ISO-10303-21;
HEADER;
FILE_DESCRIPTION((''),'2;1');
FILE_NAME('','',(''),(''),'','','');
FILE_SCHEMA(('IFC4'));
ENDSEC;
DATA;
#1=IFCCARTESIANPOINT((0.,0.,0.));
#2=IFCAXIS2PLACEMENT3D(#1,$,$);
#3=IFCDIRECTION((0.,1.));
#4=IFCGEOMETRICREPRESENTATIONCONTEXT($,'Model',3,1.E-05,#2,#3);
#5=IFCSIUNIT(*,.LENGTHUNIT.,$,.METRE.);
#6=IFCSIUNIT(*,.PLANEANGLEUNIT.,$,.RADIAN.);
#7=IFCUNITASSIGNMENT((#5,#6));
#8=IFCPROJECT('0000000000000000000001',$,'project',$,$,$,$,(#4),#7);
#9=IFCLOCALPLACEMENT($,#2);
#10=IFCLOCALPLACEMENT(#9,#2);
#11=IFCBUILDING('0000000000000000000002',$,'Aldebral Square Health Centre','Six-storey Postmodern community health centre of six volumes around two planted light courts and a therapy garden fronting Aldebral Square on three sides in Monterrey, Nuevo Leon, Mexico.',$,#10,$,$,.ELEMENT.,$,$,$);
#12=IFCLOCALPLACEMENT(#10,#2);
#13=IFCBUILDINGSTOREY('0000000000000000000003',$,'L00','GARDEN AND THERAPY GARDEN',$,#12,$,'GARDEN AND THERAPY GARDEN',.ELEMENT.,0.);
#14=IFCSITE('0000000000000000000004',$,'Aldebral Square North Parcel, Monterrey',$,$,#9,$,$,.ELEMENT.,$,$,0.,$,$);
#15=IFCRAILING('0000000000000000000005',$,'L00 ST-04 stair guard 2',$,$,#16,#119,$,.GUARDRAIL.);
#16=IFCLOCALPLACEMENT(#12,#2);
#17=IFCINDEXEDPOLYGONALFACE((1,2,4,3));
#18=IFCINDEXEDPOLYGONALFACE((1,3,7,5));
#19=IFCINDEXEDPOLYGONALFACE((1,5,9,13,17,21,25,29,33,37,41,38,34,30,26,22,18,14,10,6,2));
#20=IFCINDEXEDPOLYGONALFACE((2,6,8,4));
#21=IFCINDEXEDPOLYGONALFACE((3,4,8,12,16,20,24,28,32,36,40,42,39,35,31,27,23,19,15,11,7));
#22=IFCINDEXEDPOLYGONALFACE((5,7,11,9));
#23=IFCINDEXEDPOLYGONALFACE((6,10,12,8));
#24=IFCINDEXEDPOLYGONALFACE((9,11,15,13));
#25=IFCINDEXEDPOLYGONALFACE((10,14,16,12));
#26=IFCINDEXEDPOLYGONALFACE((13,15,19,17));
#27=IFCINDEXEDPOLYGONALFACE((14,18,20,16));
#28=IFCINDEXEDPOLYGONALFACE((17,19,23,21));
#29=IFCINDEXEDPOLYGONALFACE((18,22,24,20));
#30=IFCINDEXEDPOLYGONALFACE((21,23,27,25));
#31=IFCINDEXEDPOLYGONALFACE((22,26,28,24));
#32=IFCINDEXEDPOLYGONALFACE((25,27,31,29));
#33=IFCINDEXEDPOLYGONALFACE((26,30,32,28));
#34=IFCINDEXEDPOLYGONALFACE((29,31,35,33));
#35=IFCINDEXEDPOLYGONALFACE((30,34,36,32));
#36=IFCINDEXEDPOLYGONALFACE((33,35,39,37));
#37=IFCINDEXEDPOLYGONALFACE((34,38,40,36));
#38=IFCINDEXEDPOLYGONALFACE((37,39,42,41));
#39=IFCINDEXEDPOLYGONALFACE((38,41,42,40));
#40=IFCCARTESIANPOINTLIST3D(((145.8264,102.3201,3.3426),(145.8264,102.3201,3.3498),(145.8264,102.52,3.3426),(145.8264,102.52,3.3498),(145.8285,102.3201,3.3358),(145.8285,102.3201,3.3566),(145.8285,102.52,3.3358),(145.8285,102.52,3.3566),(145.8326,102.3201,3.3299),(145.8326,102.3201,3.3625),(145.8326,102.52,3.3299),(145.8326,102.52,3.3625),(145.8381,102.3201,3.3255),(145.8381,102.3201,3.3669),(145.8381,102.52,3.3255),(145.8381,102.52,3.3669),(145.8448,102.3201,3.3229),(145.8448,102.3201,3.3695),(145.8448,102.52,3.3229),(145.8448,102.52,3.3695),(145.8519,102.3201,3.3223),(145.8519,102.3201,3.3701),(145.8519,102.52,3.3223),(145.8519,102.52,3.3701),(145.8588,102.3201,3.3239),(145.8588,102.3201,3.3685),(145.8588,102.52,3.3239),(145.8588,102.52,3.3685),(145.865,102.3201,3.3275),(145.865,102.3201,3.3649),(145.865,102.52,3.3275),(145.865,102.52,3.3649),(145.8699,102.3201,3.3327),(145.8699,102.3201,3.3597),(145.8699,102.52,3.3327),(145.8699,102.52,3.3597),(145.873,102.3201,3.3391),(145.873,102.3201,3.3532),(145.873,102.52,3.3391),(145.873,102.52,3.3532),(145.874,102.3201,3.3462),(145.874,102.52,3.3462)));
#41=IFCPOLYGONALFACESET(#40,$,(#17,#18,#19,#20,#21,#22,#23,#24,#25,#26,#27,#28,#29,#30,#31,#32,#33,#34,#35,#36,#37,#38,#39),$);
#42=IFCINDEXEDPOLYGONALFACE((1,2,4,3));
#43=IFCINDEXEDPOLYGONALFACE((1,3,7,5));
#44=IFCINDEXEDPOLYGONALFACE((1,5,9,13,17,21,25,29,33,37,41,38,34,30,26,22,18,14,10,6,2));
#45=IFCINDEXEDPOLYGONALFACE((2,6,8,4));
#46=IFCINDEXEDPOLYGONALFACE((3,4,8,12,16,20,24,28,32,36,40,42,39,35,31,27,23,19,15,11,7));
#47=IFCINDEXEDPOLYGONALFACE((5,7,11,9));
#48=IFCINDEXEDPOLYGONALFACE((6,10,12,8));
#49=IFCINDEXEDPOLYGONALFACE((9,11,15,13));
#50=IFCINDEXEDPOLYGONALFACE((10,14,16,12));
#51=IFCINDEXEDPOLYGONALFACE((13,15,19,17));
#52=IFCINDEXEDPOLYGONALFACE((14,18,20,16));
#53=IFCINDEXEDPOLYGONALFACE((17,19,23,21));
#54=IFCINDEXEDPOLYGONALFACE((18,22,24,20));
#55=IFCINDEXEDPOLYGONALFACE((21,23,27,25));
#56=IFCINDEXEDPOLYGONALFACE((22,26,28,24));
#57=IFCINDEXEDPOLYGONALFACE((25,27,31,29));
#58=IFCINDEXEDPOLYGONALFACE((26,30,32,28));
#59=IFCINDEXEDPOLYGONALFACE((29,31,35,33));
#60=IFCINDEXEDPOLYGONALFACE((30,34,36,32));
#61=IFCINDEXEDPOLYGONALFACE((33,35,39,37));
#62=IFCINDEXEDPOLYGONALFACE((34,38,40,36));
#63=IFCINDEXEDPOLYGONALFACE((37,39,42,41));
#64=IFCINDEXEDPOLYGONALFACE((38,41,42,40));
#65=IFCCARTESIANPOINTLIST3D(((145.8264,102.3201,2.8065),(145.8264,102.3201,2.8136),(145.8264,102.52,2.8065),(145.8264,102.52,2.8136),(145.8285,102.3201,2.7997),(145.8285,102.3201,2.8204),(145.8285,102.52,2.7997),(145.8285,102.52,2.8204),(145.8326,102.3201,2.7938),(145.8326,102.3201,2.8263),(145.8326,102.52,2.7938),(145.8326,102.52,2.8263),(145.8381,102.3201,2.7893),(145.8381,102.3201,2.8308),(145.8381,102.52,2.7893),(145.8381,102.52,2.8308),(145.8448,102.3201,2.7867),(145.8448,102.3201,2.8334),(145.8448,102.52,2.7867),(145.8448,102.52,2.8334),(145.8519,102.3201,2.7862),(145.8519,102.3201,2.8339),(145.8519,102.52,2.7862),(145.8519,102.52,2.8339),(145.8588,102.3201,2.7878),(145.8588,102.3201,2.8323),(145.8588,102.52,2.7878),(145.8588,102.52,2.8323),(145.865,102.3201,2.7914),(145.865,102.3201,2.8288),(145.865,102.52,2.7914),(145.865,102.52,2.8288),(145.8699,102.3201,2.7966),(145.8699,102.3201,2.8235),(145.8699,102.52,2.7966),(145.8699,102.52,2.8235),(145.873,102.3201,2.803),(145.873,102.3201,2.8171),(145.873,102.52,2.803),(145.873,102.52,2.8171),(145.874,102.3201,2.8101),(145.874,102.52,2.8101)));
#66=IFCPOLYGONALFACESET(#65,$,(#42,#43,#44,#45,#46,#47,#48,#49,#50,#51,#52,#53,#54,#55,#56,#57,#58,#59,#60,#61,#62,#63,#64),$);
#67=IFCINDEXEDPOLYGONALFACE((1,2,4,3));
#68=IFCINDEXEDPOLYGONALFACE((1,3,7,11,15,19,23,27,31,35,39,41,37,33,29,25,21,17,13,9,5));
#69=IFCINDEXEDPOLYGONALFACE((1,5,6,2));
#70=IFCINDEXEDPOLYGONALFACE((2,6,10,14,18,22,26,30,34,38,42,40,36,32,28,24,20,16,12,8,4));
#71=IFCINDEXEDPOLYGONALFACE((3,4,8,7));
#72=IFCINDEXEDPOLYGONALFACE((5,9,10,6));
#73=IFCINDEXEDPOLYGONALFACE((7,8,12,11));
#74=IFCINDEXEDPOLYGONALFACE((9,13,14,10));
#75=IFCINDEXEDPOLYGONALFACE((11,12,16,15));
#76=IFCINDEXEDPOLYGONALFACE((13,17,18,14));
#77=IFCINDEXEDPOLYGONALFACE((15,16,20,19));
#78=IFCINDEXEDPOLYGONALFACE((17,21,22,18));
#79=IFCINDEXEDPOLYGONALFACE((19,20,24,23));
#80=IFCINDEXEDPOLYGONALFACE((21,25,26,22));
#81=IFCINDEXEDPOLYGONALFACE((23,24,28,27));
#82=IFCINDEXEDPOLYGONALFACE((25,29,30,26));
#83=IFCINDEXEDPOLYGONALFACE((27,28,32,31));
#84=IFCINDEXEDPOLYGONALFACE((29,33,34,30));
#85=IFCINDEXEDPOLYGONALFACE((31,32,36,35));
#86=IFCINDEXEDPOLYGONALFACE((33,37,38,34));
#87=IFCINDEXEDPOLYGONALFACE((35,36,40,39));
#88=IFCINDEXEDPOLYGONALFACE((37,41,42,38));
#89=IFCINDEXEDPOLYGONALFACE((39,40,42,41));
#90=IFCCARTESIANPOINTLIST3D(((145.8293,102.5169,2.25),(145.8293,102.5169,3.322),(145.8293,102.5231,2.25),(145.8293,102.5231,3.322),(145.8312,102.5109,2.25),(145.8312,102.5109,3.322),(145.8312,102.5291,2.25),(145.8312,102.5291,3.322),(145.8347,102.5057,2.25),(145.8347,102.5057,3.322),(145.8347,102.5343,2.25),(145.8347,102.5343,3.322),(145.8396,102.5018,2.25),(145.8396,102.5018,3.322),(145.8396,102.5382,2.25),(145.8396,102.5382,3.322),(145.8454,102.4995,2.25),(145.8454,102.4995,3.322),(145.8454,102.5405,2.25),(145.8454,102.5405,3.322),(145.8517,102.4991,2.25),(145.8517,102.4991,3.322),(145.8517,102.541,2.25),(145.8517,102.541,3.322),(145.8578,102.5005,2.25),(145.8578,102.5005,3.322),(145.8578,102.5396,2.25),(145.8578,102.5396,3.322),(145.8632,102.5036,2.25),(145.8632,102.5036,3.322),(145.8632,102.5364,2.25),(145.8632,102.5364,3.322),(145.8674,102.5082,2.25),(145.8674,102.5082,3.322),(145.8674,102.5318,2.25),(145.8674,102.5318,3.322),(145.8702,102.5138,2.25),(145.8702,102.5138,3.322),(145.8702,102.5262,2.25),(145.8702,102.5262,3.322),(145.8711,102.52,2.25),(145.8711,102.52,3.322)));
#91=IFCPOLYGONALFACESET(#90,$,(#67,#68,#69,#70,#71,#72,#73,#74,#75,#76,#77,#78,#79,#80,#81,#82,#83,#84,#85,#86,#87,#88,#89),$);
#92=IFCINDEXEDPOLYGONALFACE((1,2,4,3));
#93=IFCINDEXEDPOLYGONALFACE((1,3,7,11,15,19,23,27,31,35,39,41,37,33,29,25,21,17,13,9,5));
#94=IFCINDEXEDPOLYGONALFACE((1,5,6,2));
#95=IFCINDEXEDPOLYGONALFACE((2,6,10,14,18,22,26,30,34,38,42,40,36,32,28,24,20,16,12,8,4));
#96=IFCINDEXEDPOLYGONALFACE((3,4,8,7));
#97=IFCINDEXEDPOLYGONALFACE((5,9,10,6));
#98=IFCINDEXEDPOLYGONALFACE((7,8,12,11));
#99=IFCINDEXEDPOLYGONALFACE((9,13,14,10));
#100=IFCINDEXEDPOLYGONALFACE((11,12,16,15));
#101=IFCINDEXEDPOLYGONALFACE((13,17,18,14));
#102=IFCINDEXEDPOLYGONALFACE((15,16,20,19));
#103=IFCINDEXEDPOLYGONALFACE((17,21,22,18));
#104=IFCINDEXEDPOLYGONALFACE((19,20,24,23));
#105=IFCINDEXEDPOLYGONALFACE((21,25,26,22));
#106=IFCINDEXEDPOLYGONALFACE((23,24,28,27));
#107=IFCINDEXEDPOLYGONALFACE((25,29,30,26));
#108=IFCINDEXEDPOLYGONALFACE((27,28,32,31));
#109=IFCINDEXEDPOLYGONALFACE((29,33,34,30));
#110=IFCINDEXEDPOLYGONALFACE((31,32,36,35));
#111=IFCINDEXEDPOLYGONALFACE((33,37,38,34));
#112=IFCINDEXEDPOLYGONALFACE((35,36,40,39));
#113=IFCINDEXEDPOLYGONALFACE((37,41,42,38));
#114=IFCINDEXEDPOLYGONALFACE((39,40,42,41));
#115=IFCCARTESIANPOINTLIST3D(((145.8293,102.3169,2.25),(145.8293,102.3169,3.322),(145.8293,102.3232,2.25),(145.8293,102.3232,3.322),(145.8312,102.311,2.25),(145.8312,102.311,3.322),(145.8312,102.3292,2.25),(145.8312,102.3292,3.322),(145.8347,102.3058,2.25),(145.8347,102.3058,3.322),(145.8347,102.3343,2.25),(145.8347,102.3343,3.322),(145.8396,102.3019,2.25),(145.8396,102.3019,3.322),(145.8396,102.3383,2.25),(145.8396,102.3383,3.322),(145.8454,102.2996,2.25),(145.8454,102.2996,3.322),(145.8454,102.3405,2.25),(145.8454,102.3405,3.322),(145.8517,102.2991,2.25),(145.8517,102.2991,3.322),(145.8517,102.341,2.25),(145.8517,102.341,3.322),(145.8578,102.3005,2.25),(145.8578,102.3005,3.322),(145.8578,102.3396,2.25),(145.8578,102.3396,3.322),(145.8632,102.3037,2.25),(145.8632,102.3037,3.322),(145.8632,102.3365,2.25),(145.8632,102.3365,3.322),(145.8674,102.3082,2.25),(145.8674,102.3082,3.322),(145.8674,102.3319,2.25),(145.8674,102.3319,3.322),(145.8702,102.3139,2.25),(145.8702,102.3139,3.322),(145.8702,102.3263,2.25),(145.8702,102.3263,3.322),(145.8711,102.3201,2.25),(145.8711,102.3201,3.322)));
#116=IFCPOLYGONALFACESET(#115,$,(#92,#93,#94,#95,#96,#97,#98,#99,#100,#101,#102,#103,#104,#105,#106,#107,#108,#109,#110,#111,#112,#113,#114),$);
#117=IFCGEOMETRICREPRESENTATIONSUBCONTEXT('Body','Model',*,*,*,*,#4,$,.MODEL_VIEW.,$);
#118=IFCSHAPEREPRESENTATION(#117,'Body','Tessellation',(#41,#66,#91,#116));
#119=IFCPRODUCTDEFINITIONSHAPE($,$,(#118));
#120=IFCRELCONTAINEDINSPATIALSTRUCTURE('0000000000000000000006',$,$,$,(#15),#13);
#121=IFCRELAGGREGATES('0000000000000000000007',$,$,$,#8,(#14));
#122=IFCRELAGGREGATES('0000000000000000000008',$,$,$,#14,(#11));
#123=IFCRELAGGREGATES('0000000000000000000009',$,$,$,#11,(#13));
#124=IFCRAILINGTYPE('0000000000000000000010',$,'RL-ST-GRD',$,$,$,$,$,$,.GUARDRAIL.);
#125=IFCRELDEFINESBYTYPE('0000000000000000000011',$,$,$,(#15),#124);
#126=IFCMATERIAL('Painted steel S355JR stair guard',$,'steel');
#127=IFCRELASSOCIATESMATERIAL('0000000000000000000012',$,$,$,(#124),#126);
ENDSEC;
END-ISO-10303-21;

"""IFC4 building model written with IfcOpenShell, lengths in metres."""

from ifc_helpers import new_model, si_unit, direction, frame, origin, origin_2d, place, context, subcontext, project, spatial, circle, extrude, material, type_object, element, save


model = new_model("IFC4")

# Units and contexts
model_context = context("Model", 3, precision=1e-05, world=origin(), true_north=direction((0.0, 1.0)))
body_context = subcontext(model_context, "Body", "Model", "MODEL_VIEW")
ifc_project = project(units=[si_unit("LENGTHUNIT", "METRE"), si_unit("PLANEANGLEUNIT", "RADIAN")], contexts=[model_context])

# Site, building, storey
site_placement = place(None, origin())
site = spatial("IfcSite", under=ifc_project, at=site_placement, Name="Aldebral Square North Parcel, Monterrey", CompositionType="ELEMENT", RefElevation=0.0)
building_placement = place(site_placement, origin())
building = spatial("IfcBuilding", under=site, at=building_placement, Name="Aldebral Square Health Centre", Description="Six-storey Postmodern community health centre of six volumes around two planted light courts and a therapy garden fronting Aldebral Square on three sides in Monterrey, Nuevo Leon, Mexico.", CompositionType="ELEMENT")
storey_placement = place(building_placement, origin())
storey = spatial("IfcBuildingStorey", under=building, at=storey_placement, Name="L00", Description="GARDEN AND THERAPY GARDEN", LongName="GARDEN AND THERAPY GARDEN", CompositionType="ELEMENT", Elevation=0.0)

# Railing
ifc_material_1 = material(Name="Painted steel S355JR stair guard", Category="steel")
railing_type_1 = type_object("IfcRailingType", Name="RL-ST-GRD", PredefinedType="GUARDRAIL", material=ifc_material_1)
railing_1_placement = place(storey_placement, frame((145.8501, 102.52, 2.25)))
element("IfcRailing", 1, at=railing_1_placement, inside=storey, type_object=railing_type_1, Name="L00 ST-04 stair guard 2", PredefinedType="GUARDRAIL", context=body_context, shape_type="SweptSolid", body=[
    extrude(circle(Radius=0.0239, at=origin_2d()), frame((0.0, 0.0, 1.0962), z_axis=(0.0, -1.0, 0.0), x_axis=(1.0, 0.0, 0.0)), (0.0, 0.0, 1.0), 0.2),
    extrude(circle(Radius=0.0239, at=origin_2d()), frame((0.0, 0.0, 0.5601), z_axis=(0.0, -1.0, 0.0), x_axis=(1.0, 0.0, 0.0)), (0.0, 0.0, 1.0), 0.2),
    extrude(circle(Radius=0.021, at=origin_2d()), origin(), (0.0, 0.0, 1.0), 1.072),
    extrude(circle(Radius=0.021, at=origin_2d()), frame((0.0, -0.2, 0.0)), (0.0, 0.0, 1.0), 1.072),
])

save(model, "model.ifc")
